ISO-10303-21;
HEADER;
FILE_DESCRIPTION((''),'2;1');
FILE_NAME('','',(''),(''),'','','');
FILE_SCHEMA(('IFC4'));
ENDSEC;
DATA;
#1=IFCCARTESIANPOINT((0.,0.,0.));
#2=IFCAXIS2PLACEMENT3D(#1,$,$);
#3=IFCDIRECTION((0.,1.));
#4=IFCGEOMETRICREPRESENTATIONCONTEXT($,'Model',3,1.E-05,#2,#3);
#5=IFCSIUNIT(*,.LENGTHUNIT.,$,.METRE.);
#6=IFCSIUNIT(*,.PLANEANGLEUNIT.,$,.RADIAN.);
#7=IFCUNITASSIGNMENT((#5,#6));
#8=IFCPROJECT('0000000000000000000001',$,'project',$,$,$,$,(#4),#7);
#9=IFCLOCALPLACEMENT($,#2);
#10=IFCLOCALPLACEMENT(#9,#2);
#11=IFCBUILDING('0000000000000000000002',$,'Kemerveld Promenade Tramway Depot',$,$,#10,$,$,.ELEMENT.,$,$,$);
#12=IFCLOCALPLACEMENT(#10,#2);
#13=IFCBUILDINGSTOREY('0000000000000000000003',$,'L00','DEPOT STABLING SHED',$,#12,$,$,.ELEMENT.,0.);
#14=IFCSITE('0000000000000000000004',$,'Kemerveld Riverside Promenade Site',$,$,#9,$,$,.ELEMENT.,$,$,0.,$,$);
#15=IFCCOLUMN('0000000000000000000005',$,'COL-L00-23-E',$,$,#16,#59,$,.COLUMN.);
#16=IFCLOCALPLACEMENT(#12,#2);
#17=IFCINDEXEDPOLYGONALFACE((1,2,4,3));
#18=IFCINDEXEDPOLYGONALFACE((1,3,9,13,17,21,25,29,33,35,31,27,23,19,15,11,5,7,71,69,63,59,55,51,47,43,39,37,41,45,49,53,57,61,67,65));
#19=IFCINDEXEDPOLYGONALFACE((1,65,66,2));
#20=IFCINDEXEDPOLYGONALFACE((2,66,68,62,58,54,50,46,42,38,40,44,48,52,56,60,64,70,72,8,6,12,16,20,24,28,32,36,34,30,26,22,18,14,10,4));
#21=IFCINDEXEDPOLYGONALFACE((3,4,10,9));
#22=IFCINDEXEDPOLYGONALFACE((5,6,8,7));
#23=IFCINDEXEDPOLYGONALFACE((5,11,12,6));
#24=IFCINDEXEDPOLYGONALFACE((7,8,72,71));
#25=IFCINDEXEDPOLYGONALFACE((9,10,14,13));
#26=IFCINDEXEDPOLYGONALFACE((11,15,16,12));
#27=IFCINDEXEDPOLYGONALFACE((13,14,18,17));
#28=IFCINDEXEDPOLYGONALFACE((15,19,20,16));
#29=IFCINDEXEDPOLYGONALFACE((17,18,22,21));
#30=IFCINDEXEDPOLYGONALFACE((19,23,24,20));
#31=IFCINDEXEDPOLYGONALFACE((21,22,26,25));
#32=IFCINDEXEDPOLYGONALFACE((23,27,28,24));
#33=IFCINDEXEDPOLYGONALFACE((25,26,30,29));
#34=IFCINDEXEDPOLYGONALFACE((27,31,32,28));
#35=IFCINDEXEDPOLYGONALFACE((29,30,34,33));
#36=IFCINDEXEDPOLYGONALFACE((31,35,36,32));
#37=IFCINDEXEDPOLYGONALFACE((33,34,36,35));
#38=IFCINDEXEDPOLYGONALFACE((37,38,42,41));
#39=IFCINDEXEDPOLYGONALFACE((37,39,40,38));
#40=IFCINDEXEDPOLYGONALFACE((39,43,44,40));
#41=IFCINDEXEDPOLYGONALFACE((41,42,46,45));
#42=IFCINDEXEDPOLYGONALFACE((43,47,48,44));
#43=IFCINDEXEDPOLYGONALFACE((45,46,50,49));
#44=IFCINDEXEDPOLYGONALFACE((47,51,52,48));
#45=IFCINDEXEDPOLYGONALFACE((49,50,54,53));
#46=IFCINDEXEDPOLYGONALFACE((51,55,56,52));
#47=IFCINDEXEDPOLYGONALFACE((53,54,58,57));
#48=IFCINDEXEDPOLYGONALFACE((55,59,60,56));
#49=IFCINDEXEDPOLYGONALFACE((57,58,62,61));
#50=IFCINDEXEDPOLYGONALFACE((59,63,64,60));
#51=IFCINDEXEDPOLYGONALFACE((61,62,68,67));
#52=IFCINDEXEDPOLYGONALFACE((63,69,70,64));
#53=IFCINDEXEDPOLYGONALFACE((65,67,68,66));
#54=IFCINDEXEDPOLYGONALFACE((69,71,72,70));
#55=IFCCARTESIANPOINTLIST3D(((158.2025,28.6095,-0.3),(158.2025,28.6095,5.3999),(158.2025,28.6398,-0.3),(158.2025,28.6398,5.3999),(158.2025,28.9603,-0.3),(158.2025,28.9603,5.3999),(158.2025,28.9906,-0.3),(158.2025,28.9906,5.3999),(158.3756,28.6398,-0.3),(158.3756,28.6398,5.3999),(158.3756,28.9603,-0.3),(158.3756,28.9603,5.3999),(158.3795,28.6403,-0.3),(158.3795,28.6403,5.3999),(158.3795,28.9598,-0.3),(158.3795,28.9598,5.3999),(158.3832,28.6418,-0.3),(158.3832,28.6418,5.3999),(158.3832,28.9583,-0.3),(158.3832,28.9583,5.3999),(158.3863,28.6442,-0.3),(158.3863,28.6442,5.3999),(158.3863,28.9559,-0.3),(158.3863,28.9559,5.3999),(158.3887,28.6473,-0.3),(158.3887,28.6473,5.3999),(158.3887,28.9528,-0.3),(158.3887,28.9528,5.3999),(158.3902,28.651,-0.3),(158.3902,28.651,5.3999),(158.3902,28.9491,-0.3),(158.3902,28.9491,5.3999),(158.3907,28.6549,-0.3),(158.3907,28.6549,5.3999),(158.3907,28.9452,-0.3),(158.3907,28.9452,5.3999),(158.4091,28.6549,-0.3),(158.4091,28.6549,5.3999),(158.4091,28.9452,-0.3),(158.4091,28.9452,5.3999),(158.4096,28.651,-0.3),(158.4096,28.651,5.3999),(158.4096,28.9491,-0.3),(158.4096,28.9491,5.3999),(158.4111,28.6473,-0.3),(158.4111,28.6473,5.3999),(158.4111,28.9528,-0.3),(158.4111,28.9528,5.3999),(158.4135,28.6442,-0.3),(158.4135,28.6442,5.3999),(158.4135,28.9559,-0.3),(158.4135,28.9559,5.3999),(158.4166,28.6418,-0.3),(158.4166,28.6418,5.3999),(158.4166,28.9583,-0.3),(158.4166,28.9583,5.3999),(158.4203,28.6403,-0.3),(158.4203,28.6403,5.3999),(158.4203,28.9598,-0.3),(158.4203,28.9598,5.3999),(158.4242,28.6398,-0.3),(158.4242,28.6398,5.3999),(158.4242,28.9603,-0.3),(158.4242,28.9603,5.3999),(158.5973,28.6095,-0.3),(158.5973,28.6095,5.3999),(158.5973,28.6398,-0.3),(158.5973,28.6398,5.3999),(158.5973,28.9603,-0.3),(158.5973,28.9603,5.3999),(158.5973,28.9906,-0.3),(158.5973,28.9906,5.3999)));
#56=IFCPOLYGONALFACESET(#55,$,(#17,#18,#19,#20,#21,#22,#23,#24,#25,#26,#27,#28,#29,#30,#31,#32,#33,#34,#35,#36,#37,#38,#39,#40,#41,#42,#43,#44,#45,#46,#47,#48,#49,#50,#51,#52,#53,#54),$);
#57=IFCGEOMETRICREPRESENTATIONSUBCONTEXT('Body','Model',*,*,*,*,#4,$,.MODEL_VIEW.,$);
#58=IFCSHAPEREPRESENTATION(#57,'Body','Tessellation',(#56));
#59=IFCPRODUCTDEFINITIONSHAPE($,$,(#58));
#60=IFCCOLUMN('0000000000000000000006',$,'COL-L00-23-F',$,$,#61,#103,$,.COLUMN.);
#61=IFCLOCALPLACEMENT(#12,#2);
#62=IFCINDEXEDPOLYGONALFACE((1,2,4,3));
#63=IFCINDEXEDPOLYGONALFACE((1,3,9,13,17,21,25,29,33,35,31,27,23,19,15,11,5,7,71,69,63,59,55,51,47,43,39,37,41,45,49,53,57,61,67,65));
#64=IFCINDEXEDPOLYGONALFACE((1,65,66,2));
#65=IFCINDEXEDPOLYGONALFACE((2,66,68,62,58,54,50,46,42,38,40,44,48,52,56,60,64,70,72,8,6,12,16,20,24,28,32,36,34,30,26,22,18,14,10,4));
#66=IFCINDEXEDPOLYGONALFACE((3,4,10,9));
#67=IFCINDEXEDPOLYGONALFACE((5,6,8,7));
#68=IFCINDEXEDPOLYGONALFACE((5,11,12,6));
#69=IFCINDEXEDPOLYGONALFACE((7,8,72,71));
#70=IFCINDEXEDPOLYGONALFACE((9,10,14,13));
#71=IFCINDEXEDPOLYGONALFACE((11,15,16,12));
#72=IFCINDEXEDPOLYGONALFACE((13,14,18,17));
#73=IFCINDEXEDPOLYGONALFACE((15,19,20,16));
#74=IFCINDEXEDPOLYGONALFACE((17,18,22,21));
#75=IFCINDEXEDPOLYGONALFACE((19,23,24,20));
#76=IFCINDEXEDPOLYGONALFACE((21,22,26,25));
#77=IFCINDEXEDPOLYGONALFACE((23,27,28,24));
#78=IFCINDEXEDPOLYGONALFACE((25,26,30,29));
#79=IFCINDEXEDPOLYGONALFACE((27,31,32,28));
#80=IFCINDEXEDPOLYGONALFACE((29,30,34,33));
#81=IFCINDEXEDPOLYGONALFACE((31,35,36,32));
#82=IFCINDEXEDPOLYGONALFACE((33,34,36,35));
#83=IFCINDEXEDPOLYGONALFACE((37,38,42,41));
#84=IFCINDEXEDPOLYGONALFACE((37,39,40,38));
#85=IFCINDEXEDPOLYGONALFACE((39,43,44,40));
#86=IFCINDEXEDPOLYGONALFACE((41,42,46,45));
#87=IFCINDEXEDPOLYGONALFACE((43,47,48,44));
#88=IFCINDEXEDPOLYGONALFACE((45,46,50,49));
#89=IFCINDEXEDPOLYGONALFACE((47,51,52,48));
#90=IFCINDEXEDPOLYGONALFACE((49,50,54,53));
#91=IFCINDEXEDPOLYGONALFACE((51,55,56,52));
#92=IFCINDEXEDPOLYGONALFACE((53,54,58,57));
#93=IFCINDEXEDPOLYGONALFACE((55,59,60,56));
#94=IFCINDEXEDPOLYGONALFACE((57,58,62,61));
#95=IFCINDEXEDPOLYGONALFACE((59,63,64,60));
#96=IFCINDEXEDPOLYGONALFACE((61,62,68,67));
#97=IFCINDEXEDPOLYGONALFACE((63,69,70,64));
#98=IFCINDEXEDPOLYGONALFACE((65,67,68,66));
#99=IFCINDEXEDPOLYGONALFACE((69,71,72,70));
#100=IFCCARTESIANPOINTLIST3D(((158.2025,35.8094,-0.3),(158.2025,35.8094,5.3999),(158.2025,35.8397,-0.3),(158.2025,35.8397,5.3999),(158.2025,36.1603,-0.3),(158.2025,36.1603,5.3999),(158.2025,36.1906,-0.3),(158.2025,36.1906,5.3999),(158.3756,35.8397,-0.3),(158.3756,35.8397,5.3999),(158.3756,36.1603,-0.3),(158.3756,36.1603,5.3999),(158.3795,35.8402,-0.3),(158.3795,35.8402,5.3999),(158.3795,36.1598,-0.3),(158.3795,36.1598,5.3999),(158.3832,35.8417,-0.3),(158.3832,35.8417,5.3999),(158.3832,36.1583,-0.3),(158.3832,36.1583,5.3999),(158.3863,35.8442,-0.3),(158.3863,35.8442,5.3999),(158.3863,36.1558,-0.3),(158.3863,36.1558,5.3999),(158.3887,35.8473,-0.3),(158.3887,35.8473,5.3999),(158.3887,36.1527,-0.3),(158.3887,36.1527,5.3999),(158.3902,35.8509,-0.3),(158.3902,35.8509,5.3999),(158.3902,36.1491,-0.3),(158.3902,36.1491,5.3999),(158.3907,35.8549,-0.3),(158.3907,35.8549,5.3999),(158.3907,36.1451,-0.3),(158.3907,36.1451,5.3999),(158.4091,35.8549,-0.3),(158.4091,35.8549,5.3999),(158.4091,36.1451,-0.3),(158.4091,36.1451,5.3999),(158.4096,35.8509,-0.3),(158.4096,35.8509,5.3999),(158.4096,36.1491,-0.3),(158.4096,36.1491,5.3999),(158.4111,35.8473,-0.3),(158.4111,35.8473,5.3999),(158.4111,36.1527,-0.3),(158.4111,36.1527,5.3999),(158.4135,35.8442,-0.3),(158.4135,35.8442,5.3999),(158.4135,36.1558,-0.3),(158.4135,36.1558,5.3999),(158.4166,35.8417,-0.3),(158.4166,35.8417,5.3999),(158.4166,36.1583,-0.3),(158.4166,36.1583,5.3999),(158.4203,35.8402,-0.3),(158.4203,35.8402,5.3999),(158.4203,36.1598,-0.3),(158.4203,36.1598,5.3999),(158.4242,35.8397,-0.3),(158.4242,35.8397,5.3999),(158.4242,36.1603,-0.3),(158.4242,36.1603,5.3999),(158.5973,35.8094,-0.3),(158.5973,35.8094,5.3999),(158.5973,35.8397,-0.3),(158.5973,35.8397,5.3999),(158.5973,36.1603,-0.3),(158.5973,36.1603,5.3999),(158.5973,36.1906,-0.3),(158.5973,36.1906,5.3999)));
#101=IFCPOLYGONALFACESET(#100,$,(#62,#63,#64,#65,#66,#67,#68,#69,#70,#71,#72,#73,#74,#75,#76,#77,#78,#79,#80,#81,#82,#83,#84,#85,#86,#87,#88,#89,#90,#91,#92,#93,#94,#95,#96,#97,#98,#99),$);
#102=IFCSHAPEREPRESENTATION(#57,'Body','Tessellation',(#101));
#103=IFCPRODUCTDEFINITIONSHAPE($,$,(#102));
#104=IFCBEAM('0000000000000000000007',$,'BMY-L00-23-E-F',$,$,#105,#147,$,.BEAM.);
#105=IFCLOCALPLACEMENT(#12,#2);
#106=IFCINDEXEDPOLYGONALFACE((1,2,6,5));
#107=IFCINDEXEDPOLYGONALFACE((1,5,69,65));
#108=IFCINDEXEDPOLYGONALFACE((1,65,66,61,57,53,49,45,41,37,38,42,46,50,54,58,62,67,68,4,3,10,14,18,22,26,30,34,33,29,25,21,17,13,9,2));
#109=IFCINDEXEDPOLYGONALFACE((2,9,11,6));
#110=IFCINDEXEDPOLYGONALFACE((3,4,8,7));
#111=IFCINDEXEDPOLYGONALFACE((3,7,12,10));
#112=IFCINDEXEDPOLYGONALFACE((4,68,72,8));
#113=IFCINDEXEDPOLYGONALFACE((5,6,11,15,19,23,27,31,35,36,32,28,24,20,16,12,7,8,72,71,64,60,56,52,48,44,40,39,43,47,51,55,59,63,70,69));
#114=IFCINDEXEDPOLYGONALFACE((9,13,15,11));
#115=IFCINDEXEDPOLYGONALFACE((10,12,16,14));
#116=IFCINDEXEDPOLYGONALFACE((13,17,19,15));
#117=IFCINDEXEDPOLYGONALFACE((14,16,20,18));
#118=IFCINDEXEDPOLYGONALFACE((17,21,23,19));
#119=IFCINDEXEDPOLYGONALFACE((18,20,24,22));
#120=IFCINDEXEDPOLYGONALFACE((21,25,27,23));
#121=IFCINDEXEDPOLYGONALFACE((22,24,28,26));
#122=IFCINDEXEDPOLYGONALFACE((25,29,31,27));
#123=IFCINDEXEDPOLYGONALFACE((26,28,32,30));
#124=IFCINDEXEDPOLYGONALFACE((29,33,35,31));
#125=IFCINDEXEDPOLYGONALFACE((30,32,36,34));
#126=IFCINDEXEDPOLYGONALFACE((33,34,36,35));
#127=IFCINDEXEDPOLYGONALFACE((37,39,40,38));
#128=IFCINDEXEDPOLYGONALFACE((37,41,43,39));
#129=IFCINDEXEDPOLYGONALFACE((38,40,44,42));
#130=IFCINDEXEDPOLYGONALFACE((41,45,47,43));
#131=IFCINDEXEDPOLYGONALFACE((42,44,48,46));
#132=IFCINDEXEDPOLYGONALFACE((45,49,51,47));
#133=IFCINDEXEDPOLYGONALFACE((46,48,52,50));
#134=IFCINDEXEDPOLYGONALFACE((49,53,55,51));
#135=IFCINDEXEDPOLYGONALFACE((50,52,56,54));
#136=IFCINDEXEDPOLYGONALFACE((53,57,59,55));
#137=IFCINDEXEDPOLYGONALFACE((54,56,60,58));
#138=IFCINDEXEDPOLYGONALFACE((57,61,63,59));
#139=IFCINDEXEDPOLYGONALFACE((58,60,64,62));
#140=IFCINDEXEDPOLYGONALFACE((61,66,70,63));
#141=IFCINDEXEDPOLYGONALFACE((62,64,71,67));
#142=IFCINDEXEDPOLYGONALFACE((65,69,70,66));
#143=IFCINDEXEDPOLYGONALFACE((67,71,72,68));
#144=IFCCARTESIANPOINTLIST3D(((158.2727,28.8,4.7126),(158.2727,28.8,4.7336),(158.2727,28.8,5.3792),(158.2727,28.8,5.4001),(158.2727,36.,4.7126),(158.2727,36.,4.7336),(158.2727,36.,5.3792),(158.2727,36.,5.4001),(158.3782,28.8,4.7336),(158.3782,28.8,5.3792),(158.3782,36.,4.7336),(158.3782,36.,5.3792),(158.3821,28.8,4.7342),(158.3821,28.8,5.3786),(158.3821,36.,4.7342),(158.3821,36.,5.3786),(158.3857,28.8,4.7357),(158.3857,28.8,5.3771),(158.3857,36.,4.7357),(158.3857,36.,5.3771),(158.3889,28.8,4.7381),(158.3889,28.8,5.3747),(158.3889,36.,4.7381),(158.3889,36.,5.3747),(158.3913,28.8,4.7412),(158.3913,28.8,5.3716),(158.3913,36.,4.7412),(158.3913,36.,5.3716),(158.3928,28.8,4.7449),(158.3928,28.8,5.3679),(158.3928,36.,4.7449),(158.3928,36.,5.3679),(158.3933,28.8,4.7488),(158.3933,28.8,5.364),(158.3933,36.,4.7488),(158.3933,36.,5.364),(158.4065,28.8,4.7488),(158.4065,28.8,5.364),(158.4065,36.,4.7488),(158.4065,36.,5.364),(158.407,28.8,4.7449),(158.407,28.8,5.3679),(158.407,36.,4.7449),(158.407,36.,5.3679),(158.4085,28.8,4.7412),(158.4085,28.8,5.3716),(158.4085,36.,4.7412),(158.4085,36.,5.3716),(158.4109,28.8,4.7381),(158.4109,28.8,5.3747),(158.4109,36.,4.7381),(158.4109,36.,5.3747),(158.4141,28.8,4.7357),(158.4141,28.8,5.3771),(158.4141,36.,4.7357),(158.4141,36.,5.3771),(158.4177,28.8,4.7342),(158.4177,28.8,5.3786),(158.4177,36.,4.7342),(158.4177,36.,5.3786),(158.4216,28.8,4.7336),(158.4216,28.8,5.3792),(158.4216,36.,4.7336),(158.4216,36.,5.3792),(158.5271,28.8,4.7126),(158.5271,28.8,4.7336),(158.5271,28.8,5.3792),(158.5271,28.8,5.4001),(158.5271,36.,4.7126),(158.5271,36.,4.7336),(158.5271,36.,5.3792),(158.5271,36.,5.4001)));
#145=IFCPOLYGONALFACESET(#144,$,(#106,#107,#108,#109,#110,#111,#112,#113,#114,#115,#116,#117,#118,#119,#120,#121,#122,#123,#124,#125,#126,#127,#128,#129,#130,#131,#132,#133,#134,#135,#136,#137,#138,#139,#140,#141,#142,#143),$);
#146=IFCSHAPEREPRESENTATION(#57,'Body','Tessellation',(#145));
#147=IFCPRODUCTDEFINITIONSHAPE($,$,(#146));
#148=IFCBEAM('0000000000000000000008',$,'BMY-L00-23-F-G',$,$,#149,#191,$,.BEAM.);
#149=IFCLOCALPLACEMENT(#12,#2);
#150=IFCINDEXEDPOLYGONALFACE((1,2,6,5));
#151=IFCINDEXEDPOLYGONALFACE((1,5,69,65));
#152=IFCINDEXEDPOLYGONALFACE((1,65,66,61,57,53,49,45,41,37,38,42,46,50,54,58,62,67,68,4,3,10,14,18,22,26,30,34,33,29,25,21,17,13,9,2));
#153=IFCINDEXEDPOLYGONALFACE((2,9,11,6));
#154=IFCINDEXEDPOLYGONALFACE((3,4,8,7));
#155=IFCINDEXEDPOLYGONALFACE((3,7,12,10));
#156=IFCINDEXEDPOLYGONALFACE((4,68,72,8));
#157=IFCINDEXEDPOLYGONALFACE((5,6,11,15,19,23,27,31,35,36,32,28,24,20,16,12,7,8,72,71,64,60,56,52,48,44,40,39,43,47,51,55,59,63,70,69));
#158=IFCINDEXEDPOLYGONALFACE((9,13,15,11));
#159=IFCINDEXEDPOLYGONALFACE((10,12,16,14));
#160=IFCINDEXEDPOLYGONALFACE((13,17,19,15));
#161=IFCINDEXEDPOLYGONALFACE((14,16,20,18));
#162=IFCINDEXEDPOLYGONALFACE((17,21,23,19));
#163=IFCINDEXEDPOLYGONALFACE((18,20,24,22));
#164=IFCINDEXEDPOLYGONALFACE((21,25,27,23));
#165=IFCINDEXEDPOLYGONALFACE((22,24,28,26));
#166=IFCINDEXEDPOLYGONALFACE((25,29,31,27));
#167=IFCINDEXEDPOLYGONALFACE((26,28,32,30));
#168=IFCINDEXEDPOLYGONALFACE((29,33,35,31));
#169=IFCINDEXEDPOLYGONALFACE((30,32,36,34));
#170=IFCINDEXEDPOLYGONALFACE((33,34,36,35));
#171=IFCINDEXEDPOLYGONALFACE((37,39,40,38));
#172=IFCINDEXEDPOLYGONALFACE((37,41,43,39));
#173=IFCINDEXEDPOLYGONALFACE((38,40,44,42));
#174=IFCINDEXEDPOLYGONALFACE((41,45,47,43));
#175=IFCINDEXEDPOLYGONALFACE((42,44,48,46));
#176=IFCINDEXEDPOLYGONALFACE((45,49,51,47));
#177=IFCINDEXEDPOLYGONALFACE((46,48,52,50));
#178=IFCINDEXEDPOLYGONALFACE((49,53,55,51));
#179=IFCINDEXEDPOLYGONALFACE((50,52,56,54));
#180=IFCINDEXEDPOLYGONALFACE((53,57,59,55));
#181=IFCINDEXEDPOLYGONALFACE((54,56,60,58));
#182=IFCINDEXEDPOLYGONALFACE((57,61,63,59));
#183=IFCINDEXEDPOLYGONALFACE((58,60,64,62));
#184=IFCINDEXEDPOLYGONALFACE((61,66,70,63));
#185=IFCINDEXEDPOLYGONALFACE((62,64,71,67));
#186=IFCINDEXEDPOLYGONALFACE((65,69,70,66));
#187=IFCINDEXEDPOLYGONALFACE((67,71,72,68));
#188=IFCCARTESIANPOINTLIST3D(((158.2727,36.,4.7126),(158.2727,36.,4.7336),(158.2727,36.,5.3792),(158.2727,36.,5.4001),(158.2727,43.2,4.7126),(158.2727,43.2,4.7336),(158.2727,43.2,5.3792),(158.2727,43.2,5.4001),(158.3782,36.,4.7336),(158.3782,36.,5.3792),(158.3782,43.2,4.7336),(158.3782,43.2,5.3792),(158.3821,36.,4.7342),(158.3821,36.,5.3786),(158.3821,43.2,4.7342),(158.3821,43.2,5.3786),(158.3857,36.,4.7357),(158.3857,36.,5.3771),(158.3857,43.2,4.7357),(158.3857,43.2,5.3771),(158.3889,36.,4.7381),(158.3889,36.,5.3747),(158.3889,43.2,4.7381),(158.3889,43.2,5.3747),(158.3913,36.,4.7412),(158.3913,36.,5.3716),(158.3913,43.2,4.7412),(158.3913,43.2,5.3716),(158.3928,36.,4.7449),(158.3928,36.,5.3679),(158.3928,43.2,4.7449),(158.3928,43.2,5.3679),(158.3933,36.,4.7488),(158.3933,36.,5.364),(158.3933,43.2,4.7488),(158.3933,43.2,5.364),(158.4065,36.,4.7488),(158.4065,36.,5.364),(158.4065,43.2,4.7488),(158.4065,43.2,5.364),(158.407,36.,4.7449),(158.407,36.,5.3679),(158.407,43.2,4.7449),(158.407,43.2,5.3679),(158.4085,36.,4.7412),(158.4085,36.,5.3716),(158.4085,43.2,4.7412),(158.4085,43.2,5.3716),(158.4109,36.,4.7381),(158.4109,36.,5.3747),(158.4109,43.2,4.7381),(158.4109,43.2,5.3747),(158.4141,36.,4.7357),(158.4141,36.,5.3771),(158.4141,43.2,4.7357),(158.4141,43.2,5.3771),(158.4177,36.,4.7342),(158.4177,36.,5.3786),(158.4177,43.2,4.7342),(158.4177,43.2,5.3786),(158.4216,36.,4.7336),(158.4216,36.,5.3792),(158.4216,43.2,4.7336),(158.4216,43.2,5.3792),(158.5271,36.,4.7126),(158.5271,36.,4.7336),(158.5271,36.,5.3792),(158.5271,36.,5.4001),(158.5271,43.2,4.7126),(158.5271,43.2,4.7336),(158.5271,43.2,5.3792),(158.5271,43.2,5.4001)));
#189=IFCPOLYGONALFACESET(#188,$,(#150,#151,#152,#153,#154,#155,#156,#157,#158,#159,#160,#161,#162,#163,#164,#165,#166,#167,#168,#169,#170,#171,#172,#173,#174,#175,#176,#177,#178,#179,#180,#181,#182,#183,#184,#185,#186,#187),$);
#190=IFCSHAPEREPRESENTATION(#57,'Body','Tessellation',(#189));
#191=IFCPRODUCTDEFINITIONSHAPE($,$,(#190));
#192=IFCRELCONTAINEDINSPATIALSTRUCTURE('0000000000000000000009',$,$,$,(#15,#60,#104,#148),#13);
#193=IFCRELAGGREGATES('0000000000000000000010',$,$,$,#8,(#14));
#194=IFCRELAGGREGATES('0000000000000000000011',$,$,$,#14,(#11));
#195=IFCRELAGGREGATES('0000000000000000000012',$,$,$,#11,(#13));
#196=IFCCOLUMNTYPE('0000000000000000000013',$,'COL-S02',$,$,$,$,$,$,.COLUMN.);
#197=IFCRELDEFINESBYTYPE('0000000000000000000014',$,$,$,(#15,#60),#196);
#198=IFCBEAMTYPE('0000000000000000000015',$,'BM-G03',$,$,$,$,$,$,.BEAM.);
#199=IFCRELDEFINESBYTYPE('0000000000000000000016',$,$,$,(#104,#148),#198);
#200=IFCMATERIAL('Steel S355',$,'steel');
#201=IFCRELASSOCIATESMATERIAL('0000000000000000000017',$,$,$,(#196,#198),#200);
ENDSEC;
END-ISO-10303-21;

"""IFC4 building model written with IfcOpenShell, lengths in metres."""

from ifc_helpers import new_model, si_unit, direction, frame, origin, origin_2d, place, context, subcontext, project, spatial, i_section, extrude, material, material_profile, profile_set, type_object, element, save


model = new_model("IFC4")

# Units and contexts
model_context = context("Model", 3, precision=1e-05, world=origin(), true_north=direction((0.0, 1.0)))
body_context = subcontext(model_context, "Body", "Model", "MODEL_VIEW")
ifc_project = project(units=[si_unit("LENGTHUNIT", "METRE"), si_unit("PLANEANGLEUNIT", "RADIAN")], contexts=[model_context])

# Site, building, storey
site_placement = place(None, origin())
site = spatial("IfcSite", under=ifc_project, at=site_placement, Name="Kemerveld Riverside Promenade Site", CompositionType="ELEMENT", RefElevation=0.0)
building_placement = place(site_placement, origin())
building = spatial("IfcBuilding", under=site, at=building_placement, Name="Kemerveld Promenade Tramway Depot", CompositionType="ELEMENT")
storey_placement = place(building_placement, origin())
storey = spatial("IfcBuildingStorey", under=building, at=storey_placement, Name="L00", Description="DEPOT STABLING SHED", CompositionType="ELEMENT", Elevation=0.0)

# Columns
ifc_material_1 = material(Name="Steel S355", Category="steel")
ifc_material_profile_1 = material_profile(ifc_material_1, i_section(OverallWidth=0.3948, OverallDepth=0.3811, WebThickness=0.0183, FlangeThickness=0.0303, FilletRadius=0.0151, at=origin_2d()), Name="356x406x235 UC")
ifc_profile_set_1 = profile_set([ifc_material_profile_1], Name="Steel S355")
column_type_1 = type_object("IfcColumnType", Name="COL-S02", PredefinedType="COLUMN", material=ifc_profile_set_1)
for number, where, z_axis, x_axis, name in (
    (1, (158.3999, 28.8, -0.3), (0.0, 0.0, 1.0), (1.0, 0.0, 0.0), "COL-L00-23-E"),
    (2, (158.3999, 36.0, -0.3), (0.0, 0.0, 1.0), (1.0, 0.0, 0.0), "COL-L00-23-F"),
):
    element("IfcColumn", number, at=place(storey_placement, frame(where, z_axis=z_axis, x_axis=x_axis)), inside=storey, type_object=column_type_1, Name=name, PredefinedType="COLUMN", context=body_context, shape_type="SweptSolid", body=[
        extrude(i_section(OverallWidth=0.3948, OverallDepth=0.3811, WebThickness=0.0183, FlangeThickness=0.0303, FilletRadius=0.0151, at=origin_2d()), origin(), (0.0, 0.0, 1.0), 5.7),
    ])

# Beams
ifc_material_profile_2 = material_profile(ifc_material_1, i_section(OverallWidth=0.2544, OverallDepth=0.6875, WebThickness=0.0132, FlangeThickness=0.021, FilletRadius=0.0151, at=origin_2d()), Name="686x254x152 UB")
ifc_profile_set_2 = profile_set([ifc_material_profile_2], Name="Steel S355")
beam_type_1 = type_object("IfcBeamType", Name="BM-G03", PredefinedType="BEAM", material=ifc_profile_set_2)
for number, where, z_axis, x_axis, name in (
    (3, (158.3999, 28.8, 5.0564), (0.0, 1.0, 0.0), (-1.0, 0.0, 0.0), "BMY-L00-23-E-F"),
    (4, (158.3999, 36.0, 5.0564), (0.0, 1.0, 0.0), (-1.0, 0.0, 0.0), "BMY-L00-23-F-G"),
):
    element("IfcBeam", number, at=place(storey_placement, frame(where, z_axis=z_axis, x_axis=x_axis)), inside=storey, type_object=beam_type_1, Name=name, PredefinedType="BEAM", context=body_context, shape_type="SweptSolid", body=[
        extrude(i_section(OverallWidth=0.2544, OverallDepth=0.6875, WebThickness=0.0132, FlangeThickness=0.021, FilletRadius=0.0151, at=origin_2d()), origin(), (0.0, 0.0, 1.0), 7.2),
    ])

save(model, "model.ifc")
